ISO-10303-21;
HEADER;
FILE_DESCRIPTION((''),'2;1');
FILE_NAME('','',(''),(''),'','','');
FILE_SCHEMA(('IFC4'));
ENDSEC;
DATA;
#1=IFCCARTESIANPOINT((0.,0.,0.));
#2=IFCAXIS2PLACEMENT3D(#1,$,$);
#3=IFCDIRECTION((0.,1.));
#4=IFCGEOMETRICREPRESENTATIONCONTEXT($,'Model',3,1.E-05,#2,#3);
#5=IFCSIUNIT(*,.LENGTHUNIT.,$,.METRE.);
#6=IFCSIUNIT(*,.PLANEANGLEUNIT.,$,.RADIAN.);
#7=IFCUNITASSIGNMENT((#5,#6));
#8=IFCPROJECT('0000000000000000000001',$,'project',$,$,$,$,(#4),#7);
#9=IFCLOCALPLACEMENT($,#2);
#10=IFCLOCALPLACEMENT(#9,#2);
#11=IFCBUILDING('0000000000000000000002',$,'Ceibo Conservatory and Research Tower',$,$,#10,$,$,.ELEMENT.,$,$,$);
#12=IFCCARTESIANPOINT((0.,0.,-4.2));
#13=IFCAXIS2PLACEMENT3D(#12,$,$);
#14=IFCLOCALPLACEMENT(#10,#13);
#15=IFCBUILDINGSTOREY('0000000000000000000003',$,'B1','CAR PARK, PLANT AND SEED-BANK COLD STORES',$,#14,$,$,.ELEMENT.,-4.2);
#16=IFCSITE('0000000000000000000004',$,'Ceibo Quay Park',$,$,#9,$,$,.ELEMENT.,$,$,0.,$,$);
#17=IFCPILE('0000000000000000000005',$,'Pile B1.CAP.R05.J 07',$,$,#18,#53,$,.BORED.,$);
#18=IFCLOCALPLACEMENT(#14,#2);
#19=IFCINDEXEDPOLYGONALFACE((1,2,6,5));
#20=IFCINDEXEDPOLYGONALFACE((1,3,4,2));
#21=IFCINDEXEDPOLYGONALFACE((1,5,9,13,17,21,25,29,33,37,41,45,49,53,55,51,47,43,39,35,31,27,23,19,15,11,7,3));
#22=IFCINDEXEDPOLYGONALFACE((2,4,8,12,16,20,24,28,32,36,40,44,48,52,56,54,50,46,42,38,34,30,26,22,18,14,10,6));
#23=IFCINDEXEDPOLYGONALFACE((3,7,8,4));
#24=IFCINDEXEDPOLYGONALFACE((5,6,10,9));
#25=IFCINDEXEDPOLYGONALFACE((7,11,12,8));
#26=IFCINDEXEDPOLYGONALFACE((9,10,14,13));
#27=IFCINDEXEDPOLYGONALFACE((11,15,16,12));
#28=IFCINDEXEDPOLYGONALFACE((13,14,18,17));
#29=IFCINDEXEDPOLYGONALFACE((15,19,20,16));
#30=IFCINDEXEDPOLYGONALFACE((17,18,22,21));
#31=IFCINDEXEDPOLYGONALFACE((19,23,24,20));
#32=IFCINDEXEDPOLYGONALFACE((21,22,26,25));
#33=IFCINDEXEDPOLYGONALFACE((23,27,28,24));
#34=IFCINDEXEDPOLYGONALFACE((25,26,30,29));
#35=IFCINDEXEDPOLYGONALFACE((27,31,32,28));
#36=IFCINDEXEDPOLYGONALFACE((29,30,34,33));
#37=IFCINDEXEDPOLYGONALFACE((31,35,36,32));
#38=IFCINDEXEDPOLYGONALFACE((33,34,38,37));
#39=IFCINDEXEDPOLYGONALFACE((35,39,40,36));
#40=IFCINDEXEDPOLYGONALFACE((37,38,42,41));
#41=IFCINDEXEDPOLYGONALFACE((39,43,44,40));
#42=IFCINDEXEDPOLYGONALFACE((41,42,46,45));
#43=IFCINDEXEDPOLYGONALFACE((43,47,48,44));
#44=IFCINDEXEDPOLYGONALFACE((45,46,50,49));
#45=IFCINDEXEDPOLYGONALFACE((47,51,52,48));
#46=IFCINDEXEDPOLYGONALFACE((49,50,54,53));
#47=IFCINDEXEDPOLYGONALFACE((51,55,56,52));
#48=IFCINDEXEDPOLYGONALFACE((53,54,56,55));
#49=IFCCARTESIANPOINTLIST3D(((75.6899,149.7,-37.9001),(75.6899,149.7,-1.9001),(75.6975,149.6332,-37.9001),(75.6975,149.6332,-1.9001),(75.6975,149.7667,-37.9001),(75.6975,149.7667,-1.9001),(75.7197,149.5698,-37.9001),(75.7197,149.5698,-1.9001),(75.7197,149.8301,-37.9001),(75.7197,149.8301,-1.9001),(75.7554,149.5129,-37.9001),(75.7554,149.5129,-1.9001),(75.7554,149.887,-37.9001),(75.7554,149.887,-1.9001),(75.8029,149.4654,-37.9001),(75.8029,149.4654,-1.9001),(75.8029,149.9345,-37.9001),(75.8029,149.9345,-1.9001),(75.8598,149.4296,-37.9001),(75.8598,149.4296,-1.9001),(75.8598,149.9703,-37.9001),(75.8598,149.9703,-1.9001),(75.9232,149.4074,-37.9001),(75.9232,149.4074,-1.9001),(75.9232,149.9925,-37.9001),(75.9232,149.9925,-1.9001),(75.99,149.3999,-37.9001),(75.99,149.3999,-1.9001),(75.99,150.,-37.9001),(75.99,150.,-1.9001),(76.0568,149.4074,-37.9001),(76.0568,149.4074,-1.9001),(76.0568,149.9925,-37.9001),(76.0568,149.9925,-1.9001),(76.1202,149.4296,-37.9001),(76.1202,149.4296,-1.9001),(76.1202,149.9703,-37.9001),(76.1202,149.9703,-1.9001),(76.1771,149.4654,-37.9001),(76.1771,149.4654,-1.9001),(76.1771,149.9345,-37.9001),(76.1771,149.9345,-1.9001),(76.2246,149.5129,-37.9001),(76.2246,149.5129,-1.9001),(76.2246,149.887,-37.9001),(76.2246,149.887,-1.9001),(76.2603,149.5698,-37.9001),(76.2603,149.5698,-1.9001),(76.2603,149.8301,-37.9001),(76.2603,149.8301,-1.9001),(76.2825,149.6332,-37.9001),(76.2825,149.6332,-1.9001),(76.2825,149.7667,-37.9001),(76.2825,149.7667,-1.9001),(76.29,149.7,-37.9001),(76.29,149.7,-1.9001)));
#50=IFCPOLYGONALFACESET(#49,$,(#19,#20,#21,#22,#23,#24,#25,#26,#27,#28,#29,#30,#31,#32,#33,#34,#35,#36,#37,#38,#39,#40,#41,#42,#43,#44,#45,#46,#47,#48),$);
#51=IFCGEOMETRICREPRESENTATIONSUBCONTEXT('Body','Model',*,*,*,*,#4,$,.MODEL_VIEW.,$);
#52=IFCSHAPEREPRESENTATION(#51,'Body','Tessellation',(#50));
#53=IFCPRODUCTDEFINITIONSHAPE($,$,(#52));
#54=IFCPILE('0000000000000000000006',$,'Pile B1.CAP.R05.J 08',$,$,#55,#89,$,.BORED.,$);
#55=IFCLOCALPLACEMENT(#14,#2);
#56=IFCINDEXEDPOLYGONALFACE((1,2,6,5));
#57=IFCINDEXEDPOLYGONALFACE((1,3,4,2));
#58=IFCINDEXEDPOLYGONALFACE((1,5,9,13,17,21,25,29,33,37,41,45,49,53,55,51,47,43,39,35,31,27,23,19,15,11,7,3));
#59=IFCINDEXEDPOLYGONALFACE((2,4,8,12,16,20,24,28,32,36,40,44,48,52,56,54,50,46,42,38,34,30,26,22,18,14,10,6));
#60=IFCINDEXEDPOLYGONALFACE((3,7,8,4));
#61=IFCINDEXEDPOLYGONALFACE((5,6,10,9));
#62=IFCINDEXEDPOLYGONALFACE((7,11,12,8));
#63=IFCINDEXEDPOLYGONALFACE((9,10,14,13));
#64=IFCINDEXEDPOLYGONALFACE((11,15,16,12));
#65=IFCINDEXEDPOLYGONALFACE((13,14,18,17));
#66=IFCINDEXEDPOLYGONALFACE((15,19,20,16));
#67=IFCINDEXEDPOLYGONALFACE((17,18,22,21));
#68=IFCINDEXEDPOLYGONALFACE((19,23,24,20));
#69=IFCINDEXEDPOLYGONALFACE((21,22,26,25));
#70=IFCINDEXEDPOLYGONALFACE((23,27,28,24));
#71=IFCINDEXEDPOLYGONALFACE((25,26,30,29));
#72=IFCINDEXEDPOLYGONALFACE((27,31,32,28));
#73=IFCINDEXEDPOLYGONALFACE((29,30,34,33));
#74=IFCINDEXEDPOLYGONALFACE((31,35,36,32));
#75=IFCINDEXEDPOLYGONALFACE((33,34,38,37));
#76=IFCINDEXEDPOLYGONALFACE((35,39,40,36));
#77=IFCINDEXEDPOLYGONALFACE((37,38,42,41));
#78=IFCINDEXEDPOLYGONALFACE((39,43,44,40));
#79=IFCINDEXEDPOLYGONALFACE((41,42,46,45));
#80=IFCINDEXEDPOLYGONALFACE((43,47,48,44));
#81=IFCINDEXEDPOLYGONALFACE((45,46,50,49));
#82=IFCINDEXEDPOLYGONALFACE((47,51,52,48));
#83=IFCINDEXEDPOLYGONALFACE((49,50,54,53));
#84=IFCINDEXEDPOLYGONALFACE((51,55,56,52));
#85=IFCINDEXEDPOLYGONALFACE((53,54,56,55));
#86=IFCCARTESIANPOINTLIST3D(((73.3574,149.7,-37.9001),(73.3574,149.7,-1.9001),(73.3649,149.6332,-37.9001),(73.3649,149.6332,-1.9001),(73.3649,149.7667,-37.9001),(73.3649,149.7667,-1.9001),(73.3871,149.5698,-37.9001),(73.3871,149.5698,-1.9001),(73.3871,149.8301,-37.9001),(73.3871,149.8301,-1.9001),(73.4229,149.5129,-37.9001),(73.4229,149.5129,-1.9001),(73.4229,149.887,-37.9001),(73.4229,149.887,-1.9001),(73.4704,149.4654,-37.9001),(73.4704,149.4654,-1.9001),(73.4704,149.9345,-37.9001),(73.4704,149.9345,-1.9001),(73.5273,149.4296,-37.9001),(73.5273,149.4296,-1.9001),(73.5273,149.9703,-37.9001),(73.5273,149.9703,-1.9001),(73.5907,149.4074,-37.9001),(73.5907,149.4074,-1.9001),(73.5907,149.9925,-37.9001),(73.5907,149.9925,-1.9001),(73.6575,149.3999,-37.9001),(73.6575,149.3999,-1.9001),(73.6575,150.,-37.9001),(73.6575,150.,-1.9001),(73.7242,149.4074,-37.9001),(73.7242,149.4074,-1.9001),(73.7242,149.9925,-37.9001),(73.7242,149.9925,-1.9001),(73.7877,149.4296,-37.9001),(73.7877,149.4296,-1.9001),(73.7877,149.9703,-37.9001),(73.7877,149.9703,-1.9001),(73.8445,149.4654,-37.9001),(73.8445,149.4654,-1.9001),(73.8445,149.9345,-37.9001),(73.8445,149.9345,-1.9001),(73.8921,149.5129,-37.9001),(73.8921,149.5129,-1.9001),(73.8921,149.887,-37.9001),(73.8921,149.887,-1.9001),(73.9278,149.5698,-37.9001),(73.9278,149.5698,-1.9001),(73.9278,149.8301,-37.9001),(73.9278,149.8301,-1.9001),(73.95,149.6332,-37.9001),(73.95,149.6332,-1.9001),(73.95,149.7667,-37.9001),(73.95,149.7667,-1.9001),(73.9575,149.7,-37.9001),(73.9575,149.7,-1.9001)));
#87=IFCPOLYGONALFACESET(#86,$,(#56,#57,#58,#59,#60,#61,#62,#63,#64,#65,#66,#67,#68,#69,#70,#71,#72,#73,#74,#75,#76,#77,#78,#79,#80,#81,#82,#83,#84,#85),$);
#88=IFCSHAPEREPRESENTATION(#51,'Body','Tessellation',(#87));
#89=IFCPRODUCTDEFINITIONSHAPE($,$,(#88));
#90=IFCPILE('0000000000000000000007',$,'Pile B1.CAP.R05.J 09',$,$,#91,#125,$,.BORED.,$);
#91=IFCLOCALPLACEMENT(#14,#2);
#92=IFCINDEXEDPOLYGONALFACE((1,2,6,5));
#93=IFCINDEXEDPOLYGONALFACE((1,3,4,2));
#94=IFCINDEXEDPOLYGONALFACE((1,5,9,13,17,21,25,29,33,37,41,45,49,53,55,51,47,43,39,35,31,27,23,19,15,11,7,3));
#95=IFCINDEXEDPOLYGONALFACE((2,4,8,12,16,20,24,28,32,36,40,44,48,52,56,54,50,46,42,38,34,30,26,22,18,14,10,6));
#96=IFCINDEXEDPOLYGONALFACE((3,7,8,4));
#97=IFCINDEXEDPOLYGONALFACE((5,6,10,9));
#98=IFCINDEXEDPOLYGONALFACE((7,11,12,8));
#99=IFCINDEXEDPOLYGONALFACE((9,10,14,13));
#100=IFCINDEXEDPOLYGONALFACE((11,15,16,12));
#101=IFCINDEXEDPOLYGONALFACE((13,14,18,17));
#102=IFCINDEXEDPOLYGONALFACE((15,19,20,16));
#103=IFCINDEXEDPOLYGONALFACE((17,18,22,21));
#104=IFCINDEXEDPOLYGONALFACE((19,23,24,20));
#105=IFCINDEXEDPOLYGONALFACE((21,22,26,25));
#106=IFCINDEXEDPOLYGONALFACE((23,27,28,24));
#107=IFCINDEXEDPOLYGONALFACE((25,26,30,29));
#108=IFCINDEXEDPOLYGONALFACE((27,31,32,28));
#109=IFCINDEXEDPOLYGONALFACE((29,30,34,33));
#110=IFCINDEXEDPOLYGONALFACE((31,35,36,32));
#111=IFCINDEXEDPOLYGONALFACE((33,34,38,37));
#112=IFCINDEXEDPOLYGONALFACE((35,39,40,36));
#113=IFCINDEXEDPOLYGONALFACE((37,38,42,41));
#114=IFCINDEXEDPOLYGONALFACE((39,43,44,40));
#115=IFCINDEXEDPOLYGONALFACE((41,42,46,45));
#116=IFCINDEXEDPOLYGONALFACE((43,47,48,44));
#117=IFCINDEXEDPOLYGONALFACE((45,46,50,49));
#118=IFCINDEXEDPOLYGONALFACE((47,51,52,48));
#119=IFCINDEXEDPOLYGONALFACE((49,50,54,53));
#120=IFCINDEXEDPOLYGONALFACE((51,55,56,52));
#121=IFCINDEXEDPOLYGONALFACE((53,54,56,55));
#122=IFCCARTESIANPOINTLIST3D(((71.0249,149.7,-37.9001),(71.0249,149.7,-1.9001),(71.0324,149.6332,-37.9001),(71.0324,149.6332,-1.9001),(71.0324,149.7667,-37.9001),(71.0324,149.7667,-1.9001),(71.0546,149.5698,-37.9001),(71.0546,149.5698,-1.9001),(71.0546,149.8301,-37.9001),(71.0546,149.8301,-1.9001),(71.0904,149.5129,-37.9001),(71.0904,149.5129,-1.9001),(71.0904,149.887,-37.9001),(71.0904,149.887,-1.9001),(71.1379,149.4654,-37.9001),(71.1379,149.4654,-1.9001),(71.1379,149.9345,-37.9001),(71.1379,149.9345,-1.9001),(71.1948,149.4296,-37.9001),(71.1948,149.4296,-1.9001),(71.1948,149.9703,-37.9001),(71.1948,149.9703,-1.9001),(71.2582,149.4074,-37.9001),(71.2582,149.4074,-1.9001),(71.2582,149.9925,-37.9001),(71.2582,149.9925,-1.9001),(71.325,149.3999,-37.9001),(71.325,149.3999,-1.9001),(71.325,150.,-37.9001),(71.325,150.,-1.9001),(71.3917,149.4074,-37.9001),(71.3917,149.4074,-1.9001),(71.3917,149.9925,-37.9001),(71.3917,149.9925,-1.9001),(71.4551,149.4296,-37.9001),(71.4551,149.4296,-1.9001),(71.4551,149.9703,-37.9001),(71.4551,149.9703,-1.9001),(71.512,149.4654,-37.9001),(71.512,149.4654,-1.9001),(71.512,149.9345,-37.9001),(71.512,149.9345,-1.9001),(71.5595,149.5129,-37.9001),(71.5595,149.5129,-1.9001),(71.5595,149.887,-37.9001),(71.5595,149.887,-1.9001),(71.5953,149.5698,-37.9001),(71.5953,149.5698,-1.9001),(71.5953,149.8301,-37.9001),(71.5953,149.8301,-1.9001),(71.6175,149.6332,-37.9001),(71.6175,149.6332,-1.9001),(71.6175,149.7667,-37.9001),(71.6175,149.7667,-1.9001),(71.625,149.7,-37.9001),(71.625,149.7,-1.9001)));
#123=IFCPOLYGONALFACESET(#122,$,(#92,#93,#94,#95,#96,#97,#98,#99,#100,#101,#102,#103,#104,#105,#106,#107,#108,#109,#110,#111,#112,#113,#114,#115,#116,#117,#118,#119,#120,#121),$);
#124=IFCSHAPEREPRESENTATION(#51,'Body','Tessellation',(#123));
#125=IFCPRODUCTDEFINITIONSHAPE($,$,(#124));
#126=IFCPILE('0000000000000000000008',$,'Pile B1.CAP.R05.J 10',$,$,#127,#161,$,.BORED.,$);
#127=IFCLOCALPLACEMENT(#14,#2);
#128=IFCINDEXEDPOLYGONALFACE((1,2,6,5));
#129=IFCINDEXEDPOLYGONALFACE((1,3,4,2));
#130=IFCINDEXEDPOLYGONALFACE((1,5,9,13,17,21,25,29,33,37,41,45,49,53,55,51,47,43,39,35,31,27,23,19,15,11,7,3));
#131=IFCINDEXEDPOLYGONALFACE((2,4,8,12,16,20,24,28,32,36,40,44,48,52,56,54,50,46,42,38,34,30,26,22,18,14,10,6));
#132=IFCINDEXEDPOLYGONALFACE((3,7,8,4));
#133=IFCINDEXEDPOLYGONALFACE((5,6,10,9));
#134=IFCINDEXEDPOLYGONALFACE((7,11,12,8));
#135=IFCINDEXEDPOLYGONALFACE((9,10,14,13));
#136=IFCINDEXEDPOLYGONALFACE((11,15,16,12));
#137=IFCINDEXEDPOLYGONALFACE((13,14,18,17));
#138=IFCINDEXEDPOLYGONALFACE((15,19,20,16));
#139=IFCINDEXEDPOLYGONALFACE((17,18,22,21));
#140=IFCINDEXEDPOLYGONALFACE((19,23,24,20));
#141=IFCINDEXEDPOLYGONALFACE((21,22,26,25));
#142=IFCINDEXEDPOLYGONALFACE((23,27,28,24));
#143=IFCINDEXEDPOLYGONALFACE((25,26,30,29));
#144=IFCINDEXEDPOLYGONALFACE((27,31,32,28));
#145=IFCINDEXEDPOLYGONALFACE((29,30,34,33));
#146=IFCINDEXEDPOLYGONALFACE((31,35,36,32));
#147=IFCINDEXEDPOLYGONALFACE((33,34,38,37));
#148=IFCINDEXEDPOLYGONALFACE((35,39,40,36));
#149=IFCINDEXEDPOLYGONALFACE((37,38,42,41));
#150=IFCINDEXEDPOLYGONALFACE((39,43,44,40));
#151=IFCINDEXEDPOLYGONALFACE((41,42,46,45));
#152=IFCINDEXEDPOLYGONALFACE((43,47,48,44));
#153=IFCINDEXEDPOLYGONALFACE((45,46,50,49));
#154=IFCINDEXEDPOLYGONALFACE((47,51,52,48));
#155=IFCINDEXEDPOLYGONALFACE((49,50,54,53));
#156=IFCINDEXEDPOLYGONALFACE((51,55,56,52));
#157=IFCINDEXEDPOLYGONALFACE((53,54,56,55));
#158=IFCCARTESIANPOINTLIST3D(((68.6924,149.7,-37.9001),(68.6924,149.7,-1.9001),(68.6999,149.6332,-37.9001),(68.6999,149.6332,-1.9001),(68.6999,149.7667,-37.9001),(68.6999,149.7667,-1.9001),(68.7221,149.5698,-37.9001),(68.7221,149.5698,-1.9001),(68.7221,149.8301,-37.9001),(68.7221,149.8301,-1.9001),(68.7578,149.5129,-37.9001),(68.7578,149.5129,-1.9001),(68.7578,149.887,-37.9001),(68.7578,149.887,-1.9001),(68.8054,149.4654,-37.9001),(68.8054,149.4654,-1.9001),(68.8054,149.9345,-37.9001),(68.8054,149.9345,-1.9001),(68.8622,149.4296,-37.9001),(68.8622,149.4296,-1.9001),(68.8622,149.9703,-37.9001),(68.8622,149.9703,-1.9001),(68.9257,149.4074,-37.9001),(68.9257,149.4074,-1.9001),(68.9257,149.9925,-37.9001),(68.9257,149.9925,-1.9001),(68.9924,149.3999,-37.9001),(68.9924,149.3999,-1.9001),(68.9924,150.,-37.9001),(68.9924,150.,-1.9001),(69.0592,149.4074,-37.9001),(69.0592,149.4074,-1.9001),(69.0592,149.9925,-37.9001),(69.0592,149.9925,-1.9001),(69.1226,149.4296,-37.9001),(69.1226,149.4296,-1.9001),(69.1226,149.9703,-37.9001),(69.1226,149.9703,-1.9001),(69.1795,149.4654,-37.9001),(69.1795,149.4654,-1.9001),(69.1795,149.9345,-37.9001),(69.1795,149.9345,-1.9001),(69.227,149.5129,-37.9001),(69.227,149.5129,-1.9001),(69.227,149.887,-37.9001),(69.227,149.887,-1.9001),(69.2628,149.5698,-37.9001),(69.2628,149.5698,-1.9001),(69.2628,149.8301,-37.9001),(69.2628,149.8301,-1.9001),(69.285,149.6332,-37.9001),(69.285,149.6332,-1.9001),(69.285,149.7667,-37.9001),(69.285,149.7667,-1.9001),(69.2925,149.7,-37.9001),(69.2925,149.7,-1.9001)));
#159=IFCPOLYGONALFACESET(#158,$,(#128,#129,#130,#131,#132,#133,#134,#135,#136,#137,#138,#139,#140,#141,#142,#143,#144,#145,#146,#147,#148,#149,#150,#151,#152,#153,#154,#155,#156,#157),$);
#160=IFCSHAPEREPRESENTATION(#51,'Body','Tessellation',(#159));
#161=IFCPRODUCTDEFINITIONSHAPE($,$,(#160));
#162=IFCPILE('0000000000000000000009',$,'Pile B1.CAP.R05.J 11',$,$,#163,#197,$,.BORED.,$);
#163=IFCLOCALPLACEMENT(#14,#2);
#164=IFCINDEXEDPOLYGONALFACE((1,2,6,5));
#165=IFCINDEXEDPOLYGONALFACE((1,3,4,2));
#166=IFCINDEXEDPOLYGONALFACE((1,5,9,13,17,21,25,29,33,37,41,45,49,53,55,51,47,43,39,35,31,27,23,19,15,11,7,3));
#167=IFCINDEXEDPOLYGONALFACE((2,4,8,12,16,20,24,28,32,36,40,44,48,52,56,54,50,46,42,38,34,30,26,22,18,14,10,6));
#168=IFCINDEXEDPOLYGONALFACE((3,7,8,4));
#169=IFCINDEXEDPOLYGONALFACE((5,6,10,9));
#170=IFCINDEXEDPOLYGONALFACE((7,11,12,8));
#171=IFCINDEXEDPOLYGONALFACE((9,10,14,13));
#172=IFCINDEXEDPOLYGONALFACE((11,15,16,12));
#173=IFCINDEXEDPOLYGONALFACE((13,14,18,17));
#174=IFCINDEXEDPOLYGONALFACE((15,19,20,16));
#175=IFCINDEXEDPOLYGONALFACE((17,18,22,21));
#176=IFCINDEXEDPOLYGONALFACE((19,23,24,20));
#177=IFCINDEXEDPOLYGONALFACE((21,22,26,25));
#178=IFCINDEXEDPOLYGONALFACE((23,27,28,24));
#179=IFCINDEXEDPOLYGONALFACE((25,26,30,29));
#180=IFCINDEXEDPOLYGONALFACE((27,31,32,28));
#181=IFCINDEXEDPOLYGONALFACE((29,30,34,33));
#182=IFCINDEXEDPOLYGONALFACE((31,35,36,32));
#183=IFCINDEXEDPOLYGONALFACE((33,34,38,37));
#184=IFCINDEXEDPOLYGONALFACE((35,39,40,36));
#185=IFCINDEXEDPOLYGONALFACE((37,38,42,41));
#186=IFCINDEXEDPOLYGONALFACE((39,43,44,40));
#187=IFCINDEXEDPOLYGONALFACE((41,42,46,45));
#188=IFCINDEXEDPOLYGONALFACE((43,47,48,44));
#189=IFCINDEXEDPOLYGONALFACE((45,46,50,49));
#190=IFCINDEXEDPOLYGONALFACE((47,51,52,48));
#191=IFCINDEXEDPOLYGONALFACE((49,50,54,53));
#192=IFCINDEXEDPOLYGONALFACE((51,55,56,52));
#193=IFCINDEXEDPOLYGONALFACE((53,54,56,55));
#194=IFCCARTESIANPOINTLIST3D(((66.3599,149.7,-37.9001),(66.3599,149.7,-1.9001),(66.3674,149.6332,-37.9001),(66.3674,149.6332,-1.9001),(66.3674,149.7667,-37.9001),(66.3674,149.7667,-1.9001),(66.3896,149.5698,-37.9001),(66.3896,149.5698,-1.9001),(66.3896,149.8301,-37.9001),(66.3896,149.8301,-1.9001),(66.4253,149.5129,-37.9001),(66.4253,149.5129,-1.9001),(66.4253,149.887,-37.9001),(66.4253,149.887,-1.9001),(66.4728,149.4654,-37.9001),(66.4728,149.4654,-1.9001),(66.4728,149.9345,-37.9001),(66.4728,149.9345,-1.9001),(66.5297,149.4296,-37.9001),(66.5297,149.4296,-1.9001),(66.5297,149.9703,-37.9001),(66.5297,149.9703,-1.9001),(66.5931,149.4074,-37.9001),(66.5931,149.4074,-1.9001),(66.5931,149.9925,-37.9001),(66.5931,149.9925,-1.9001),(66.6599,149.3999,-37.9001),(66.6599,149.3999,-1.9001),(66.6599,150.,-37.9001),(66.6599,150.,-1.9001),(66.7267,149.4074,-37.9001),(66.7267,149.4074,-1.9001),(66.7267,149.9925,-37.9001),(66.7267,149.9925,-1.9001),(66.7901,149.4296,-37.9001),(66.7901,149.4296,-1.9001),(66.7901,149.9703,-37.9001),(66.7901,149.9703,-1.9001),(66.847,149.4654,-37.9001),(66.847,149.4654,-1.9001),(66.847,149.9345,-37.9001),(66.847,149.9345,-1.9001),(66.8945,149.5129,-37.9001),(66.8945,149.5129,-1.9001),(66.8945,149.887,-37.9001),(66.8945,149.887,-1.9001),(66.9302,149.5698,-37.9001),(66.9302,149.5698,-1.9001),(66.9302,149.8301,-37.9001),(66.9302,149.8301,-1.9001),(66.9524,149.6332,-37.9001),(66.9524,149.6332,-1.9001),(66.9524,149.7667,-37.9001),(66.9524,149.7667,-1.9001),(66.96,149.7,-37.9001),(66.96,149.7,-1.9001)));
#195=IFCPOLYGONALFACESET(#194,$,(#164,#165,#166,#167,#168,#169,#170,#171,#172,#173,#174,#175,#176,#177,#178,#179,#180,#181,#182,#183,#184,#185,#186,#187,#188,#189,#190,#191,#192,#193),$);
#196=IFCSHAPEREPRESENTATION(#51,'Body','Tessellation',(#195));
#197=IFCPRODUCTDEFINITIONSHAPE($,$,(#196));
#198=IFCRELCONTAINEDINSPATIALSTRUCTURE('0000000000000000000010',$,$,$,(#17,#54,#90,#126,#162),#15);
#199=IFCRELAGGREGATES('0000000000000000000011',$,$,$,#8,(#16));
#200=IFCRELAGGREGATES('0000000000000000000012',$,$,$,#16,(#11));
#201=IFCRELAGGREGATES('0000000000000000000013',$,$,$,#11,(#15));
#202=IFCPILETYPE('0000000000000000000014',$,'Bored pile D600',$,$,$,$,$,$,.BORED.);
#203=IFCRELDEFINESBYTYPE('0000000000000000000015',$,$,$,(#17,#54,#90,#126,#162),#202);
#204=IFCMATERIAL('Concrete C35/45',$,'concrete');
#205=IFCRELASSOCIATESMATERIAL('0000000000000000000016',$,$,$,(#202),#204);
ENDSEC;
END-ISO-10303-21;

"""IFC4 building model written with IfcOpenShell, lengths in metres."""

from ifc_helpers import new_model, si_unit, direction, frame, origin, origin_2d, place, context, subcontext, project, spatial, circle, extrude, material, material_profile, profile_set, type_object, element, save


model = new_model("IFC4")

# Units and contexts
model_context = context("Model", 3, precision=1e-05, world=origin(), true_north=direction((0.0, 1.0)))
body_context = subcontext(model_context, "Body", "Model", "MODEL_VIEW")
ifc_project = project(units=[si_unit("LENGTHUNIT", "METRE"), si_unit("PLANEANGLEUNIT", "RADIAN")], contexts=[model_context])

# Site, building, storey
site_placement = place(None, origin())
site = spatial("IfcSite", under=ifc_project, at=site_placement, Name="Ceibo Quay Park", CompositionType="ELEMENT", RefElevation=0.0)
building_placement = place(site_placement, origin())
building = spatial("IfcBuilding", under=site, at=building_placement, Name="Ceibo Conservatory and Research Tower", CompositionType="ELEMENT")
storey_placement = place(building_placement, frame((0.0, 0.0, -4.2)))
storey = spatial("IfcBuildingStorey", under=building, at=storey_placement, Name="B1", Description="CAR PARK, PLANT AND SEED-BANK COLD STORES", CompositionType="ELEMENT", Elevation=-4.2)

# Piles
ifc_material_1 = material(Name="Concrete C35/45", Category="concrete")
ifc_material_profile_1 = material_profile(ifc_material_1, circle(Radius=0.3, at=origin_2d()), Name="RC D600")
ifc_profile_set_1 = profile_set([ifc_material_profile_1], Name="Concrete C35/45")
pile_type_1 = type_object("IfcPileType", Name="Bored pile D600", PredefinedType="BORED", material=ifc_profile_set_1)
for number, where, z_axis, x_axis, name in (
    (1, (75.99, 149.7, -1.9001), (0.0, 0.0, -1.0), (1.0, 0.0, 0.0), "Pile B1.CAP.R05.J 07"),
    (2, (73.6575, 149.7, -1.9001), (0.0, 0.0, -1.0), (1.0, 0.0, 0.0), "Pile B1.CAP.R05.J 08"),
    (3, (71.325, 149.7, -1.9001), (0.0, 0.0, -1.0), (1.0, 0.0, 0.0), "Pile B1.CAP.R05.J 09"),
    (4, (68.9924, 149.7, -1.9001), (0.0, 0.0, -1.0), (1.0, 0.0, 0.0), "Pile B1.CAP.R05.J 10"),
    (5, (66.6599, 149.7, -1.9001), (0.0, 0.0, -1.0), (1.0, 0.0, 0.0), "Pile B1.CAP.R05.J 11"),
):
    element("IfcPile", number, at=place(storey_placement, frame(where, z_axis=z_axis, x_axis=x_axis)), inside=storey, type_object=pile_type_1, Name=name, PredefinedType="BORED", context=body_context, shape_type="SweptSolid", body=[
        extrude(circle(Radius=0.3, at=origin_2d()), origin(), (0.0, 0.0, 1.0), 36.0),
    ])

save(model, "model.ifc")
